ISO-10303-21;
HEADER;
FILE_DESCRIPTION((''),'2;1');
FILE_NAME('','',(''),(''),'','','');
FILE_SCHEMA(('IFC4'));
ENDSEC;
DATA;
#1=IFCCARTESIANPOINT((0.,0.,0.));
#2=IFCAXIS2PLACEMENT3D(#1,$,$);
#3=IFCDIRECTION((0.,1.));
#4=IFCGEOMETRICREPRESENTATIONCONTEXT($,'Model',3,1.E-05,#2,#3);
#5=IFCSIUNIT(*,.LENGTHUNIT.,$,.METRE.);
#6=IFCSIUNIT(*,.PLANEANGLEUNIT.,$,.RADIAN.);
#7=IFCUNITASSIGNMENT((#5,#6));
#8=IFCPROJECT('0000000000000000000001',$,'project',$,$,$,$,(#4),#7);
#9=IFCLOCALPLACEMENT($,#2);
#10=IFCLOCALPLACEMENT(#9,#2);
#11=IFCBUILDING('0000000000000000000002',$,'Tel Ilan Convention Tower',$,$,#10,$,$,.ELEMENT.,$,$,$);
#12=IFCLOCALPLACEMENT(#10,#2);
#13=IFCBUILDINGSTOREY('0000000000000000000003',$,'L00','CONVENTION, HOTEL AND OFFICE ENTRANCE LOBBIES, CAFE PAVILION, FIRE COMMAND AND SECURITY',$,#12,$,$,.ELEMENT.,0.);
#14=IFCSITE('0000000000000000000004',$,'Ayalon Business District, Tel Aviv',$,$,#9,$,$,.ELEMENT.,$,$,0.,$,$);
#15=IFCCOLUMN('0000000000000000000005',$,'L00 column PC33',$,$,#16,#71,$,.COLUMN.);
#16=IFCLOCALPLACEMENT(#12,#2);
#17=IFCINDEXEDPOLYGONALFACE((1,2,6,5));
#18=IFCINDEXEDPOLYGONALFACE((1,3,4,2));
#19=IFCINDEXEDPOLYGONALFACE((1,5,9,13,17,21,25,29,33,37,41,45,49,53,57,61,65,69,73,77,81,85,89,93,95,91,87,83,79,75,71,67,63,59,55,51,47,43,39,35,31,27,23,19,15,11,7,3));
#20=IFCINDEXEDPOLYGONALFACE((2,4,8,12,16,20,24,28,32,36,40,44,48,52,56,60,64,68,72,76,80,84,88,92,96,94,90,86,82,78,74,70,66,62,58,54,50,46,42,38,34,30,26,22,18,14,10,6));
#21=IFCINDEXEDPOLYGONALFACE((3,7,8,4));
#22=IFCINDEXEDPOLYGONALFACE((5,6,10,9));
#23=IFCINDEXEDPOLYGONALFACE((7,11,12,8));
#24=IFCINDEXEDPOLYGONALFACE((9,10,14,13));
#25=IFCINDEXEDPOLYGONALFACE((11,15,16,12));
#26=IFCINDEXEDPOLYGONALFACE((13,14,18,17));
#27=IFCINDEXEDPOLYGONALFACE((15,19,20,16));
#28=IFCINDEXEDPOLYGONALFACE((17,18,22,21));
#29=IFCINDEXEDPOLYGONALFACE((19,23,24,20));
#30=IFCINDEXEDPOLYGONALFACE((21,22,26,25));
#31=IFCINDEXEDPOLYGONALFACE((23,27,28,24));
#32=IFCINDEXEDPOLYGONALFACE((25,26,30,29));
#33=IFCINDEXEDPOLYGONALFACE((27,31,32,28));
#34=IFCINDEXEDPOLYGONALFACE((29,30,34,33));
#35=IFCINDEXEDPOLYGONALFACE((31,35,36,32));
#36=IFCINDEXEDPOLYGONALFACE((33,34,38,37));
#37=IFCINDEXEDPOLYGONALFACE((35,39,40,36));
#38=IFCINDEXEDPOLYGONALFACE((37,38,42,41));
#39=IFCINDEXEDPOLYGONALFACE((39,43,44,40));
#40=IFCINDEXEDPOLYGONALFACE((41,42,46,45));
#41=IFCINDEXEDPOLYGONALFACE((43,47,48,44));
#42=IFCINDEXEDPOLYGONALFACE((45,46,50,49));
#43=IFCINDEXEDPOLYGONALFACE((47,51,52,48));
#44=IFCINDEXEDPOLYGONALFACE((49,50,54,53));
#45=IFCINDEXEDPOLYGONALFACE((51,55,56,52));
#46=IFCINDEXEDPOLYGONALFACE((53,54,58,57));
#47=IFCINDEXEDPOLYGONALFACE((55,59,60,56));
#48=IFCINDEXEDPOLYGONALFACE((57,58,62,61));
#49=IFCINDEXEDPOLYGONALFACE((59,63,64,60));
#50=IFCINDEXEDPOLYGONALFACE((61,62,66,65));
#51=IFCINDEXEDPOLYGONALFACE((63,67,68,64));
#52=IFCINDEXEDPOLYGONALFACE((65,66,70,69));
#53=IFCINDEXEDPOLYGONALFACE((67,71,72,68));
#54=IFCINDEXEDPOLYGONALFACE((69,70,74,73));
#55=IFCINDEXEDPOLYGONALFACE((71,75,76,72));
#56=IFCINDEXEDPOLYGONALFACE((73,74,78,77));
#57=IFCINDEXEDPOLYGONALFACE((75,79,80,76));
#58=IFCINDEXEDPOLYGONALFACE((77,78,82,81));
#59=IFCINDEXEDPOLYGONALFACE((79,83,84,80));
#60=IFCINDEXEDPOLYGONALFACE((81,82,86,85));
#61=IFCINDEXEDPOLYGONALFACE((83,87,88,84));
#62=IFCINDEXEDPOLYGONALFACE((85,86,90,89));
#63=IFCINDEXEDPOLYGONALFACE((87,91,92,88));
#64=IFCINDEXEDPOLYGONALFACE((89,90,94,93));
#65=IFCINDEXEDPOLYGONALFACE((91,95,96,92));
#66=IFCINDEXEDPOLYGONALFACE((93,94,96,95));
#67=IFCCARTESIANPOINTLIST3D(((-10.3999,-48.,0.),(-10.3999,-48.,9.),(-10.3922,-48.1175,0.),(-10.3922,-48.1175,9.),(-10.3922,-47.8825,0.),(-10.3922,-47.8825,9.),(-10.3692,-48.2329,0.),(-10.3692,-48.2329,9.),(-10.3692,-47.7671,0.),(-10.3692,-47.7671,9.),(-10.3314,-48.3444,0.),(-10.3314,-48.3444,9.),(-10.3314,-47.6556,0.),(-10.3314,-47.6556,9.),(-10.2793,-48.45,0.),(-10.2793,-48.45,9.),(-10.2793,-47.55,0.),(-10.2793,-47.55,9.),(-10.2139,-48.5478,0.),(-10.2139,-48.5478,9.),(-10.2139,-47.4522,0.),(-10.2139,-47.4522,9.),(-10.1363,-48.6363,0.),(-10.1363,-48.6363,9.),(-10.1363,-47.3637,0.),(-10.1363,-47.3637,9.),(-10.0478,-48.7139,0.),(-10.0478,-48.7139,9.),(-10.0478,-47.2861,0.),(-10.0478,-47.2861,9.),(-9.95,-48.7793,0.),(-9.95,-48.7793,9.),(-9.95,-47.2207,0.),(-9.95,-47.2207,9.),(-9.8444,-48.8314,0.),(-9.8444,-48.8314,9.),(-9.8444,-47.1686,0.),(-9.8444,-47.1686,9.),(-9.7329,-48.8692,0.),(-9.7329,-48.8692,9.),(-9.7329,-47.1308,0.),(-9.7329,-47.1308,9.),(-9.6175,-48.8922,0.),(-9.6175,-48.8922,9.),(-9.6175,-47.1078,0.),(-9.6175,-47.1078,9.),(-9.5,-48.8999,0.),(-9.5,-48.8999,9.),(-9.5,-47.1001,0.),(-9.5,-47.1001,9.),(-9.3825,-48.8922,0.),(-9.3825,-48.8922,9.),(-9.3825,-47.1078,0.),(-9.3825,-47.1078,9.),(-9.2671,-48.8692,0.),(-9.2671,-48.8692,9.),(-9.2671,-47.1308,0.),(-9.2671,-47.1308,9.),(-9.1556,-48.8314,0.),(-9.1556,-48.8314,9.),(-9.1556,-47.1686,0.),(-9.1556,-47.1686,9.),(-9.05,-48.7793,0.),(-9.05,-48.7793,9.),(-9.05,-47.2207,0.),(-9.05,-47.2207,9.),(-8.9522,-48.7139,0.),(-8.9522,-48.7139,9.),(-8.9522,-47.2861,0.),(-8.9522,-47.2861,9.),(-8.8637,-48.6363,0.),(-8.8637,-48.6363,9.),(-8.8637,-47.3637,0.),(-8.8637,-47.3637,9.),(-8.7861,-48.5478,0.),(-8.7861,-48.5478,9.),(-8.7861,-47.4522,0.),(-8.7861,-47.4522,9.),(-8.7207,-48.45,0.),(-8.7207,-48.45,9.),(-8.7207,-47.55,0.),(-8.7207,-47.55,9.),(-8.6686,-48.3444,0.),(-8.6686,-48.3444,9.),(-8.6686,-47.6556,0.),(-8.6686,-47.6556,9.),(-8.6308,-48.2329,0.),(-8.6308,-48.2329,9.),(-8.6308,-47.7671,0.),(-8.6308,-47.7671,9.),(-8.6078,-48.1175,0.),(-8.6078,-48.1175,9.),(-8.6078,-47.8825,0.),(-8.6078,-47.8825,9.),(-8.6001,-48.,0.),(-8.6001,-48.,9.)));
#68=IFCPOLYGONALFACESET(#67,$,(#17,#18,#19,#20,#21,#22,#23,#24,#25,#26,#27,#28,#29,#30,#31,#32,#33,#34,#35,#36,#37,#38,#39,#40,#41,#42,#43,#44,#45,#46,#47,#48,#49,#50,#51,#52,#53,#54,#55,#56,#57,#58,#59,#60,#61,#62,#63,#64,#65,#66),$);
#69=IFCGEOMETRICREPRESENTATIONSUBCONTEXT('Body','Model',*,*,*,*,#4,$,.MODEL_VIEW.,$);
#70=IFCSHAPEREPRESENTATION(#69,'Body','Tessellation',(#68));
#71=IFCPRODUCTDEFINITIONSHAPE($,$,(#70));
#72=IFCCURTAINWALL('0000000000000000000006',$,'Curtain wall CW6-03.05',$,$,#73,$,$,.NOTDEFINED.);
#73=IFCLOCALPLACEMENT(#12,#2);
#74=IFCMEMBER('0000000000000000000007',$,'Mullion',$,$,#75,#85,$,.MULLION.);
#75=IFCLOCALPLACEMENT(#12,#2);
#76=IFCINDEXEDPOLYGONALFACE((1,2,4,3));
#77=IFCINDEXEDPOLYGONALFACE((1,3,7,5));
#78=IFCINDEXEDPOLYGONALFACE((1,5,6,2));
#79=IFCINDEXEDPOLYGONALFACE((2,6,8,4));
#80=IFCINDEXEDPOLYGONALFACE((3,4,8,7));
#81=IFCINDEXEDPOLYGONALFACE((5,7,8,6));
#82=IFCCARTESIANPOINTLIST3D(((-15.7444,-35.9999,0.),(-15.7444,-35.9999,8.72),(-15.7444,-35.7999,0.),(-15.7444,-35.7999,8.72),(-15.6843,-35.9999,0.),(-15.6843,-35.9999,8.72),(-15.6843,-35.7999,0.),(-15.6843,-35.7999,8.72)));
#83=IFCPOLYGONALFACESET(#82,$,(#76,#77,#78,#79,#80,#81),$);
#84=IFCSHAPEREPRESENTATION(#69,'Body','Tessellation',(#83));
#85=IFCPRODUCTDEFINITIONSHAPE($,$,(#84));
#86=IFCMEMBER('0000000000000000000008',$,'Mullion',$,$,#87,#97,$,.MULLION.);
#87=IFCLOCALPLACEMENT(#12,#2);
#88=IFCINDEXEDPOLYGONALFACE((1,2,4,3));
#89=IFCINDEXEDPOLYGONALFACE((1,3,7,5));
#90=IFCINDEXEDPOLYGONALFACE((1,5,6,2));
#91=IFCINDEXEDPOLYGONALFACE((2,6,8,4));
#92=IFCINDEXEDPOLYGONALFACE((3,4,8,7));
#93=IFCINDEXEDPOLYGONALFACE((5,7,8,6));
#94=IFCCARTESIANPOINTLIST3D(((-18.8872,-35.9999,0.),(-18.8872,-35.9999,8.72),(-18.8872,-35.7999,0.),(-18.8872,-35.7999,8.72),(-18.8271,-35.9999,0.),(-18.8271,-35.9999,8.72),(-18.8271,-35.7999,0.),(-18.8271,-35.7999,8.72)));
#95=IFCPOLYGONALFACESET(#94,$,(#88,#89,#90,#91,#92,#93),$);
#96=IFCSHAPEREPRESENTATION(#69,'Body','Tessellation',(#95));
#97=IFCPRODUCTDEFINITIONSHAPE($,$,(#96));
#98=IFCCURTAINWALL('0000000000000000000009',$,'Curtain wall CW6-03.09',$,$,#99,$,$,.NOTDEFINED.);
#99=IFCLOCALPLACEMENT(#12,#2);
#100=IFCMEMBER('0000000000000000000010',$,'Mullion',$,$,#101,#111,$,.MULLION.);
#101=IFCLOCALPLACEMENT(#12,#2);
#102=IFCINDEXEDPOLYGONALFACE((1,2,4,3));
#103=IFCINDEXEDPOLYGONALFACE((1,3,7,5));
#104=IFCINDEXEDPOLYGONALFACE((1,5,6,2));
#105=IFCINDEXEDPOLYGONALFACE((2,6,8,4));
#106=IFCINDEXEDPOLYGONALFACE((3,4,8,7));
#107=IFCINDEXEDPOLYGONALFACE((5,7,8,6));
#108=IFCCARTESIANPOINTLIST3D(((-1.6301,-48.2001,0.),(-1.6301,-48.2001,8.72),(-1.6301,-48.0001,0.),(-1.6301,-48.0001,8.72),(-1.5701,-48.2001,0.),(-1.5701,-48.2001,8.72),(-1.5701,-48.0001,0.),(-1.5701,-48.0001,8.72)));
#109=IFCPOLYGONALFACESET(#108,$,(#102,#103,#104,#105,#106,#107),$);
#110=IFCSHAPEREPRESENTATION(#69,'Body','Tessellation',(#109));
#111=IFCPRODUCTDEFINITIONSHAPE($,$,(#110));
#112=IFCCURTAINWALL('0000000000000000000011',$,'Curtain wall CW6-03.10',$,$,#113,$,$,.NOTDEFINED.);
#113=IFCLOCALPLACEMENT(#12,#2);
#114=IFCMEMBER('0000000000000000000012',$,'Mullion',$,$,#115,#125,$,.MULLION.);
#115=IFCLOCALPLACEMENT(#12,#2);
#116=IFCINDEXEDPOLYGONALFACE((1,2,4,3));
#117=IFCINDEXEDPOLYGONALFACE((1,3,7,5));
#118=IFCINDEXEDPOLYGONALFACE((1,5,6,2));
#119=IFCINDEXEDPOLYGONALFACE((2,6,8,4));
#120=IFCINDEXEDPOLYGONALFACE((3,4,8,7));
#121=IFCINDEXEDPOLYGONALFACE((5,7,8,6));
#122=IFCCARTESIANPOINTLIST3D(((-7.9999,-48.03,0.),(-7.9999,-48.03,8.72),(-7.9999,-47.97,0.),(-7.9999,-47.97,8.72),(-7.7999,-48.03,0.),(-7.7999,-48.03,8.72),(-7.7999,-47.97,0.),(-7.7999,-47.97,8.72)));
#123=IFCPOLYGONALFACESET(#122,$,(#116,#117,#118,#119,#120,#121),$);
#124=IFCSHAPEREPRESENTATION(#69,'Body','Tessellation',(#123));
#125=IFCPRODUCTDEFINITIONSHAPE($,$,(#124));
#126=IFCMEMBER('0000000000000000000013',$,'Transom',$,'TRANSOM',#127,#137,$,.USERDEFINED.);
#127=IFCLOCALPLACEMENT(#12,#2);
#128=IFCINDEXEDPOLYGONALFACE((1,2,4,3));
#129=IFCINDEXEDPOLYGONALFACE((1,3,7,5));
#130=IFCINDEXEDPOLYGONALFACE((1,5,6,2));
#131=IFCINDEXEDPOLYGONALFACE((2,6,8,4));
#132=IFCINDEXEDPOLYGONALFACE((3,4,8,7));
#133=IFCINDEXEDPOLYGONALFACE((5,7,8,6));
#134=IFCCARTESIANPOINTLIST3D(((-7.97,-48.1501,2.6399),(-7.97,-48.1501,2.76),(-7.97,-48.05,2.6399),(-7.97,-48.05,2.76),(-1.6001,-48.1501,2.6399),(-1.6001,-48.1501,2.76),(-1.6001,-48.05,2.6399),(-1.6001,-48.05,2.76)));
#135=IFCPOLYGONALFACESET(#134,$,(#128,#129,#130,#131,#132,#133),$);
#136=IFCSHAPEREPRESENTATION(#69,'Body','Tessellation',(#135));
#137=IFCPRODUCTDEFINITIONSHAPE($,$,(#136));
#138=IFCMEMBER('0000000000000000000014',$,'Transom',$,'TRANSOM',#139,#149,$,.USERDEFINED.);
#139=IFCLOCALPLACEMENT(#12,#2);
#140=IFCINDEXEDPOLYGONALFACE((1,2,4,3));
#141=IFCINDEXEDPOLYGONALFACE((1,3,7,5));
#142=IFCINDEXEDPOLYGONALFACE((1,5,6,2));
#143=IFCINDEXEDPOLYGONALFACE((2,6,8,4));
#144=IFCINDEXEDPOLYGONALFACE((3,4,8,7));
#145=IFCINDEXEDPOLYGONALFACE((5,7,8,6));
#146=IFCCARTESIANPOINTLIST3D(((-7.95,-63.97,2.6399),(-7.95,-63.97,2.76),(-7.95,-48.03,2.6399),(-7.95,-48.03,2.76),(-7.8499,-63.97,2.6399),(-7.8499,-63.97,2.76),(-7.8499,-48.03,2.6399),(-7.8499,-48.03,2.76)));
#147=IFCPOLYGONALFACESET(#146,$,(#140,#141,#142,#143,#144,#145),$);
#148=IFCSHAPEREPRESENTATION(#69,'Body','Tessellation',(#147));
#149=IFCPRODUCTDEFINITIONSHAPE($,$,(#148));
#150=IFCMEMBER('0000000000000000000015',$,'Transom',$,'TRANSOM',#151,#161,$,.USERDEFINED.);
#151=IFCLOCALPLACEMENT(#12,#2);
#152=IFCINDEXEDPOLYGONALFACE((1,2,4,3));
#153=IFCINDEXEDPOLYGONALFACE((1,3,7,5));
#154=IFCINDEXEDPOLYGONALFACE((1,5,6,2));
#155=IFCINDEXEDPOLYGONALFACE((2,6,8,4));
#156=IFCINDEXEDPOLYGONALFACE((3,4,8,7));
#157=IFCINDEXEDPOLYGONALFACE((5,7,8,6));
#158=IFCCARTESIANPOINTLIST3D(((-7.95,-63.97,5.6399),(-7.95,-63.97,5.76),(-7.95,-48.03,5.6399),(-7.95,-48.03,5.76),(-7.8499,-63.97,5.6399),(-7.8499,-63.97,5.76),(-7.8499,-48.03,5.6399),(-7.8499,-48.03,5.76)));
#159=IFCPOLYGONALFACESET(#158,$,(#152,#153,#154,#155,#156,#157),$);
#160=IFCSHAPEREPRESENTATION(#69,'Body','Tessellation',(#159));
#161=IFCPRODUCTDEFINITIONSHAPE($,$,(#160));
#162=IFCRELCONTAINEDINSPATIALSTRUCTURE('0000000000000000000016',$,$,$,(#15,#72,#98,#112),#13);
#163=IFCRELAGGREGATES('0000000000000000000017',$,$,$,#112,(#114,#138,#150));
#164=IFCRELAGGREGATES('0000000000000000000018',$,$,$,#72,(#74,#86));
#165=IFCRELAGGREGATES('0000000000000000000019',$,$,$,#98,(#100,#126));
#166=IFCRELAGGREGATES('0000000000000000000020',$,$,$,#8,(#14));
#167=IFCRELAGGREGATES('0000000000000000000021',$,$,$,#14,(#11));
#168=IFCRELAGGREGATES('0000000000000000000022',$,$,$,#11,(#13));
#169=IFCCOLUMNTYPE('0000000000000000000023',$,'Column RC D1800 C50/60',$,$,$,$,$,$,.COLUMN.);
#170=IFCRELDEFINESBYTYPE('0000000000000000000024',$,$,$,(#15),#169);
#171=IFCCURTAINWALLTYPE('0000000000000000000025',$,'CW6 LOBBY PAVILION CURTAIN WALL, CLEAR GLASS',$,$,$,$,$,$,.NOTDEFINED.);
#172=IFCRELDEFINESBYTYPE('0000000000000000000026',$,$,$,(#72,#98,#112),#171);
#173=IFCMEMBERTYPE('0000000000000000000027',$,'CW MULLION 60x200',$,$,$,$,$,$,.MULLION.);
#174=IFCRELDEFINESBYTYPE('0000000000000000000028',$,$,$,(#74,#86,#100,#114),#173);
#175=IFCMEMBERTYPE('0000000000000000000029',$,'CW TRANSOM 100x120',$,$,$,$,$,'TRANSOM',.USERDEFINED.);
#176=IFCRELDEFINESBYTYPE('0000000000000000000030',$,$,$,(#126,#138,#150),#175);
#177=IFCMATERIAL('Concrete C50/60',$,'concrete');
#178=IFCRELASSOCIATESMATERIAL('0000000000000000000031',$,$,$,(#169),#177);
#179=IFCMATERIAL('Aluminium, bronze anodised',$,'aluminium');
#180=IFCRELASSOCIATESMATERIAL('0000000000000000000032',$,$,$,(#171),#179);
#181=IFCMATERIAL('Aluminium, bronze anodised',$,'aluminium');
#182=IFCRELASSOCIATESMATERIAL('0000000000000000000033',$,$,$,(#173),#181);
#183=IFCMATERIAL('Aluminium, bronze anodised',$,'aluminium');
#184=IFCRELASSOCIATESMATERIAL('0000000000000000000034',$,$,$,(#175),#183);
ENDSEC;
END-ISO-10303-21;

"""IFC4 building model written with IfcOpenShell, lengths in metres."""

from ifc_helpers import new_model, si_unit, direction, frame, origin, origin_2d, place, context, subcontext, project, spatial, rectangle, circle, extrude, material, material_profile, profile_set, type_object, element, aggregate, save


model = new_model("IFC4")

# Units and contexts
model_context = context("Model", 3, precision=1e-05, world=origin(), true_north=direction((0.0, 1.0)))
body_context = subcontext(model_context, "Body", "Model", "MODEL_VIEW")
ifc_project = project(units=[si_unit("LENGTHUNIT", "METRE"), si_unit("PLANEANGLEUNIT", "RADIAN")], contexts=[model_context])

# Site, building, storey
site_placement = place(None, origin())
site = spatial("IfcSite", under=ifc_project, at=site_placement, Name="Ayalon Business District, Tel Aviv", CompositionType="ELEMENT", RefElevation=0.0)
building_placement = place(site_placement, origin())
building = spatial("IfcBuilding", under=site, at=building_placement, Name="Tel Ilan Convention Tower", CompositionType="ELEMENT")
storey_placement = place(building_placement, origin())
storey = spatial("IfcBuildingStorey", under=building, at=storey_placement, Name="L00", Description="CONVENTION, HOTEL AND OFFICE ENTRANCE LOBBIES, CAFE PAVILION, FIRE COMMAND AND SECURITY", CompositionType="ELEMENT", Elevation=0.0)

# Column
ifc_material_1 = material(Name="Concrete C50/60", Category="concrete")
ifc_material_profile_1 = material_profile(ifc_material_1, circle(Radius=0.8999, at=origin_2d()), Name="RC D1800")
ifc_profile_set_1 = profile_set([ifc_material_profile_1], Name="Concrete C50/60")
column_type = type_object("IfcColumnType", Name="Column RC D1800 C50/60", PredefinedType="COLUMN", material=ifc_profile_set_1)
column_placement = place(storey_placement, frame((-9.5, -48.0, 0.0), z_axis=(0.0, 0.0, 1.0), x_axis=(1.0, 0.0, 0.0)))
element("IfcColumn", 1, at=column_placement, inside=storey, type_object=column_type, Name="L00 column PC33", PredefinedType="COLUMN", context=body_context, shape_type="SweptSolid", body=[
    extrude(circle(Radius=0.8999, at=origin_2d()), origin(), (0.0, 0.0, 1.0), 9.0),
])

# Curtain wall, members
ifc_material_2 = material(Name="Aluminium, bronze anodised", Category="aluminium")
curtain_wall_type = type_object("IfcCurtainWallType", Name="CW6 LOBBY PAVILION CURTAIN WALL, CLEAR GLASS", PredefinedType="NOTDEFINED", material=ifc_material_2)
curtain_wall_1_placement = place(storey_placement, origin())
curtain_wall_1 = element("IfcCurtainWall", 2, at=curtain_wall_1_placement, inside=storey, type_object=curtain_wall_type, Name="Curtain wall CW6-03.05", PredefinedType="NOTDEFINED")
ifc_material_3 = material(Name="Aluminium, bronze anodised", Category="aluminium")
ifc_material_profile_2 = material_profile(ifc_material_3, rectangle(XDim=0.0601, YDim=0.2, at=origin_2d()), Name="CW MULLION 60x200")
ifc_profile_set_2 = profile_set([ifc_material_profile_2], Name="Aluminium, bronze anodised")
member_type_1 = type_object("IfcMemberType", Name="CW MULLION 60x200", PredefinedType="MULLION", material=ifc_profile_set_2)
member_1_placement = place(storey_placement, frame((-15.7144, -35.8999, 0.0), z_axis=(0.0, 0.0, 1.0), x_axis=(-1.0, 0.0, 0.0)))
member_1 = element("IfcMember", 3, at=member_1_placement, type_object=member_type_1, Name="Mullion", PredefinedType="MULLION", context=body_context, shape_type="SweptSolid", body=[
    extrude(rectangle(XDim=0.0601, YDim=0.2, at=origin_2d()), origin(), (0.0, 0.0, 1.0), 8.72),
])
member_2_placement = place(storey_placement, frame((-18.8572, -35.8999, 0.0), z_axis=(0.0, 0.0, 1.0), x_axis=(-1.0, 0.0, 0.0)))
member_2 = element("IfcMember", 4, at=member_2_placement, type_object=member_type_1, Name="Mullion", PredefinedType="MULLION", context=body_context, shape_type="SweptSolid", body=[
    extrude(rectangle(XDim=0.0601, YDim=0.2, at=origin_2d()), origin(), (0.0, 0.0, 1.0), 8.72),
])

# Curtain walls, members
curtain_wall_2_placement = place(storey_placement, origin())
curtain_wall_2 = element("IfcCurtainWall", 5, at=curtain_wall_2_placement, inside=storey, type_object=curtain_wall_type, Name="Curtain wall CW6-03.09", PredefinedType="NOTDEFINED")
member_3_placement = place(storey_placement, frame((-1.6001, -48.1001, 0.0), z_axis=(0.0, 0.0, 1.0), x_axis=(-1.0, 0.0, 0.0)))
member_3 = element("IfcMember", 6, at=member_3_placement, type_object=member_type_1, Name="Mullion", PredefinedType="MULLION", context=body_context, shape_type="SweptSolid", body=[
    extrude(rectangle(XDim=0.0601, YDim=0.2, at=origin_2d()), origin(), (0.0, 0.0, 1.0), 8.72),
])
curtain_wall_3_placement = place(storey_placement, origin())
curtain_wall_3 = element("IfcCurtainWall", 7, at=curtain_wall_3_placement, inside=storey, type_object=curtain_wall_type, Name="Curtain wall CW6-03.10", PredefinedType="NOTDEFINED")
member_4_placement = place(storey_placement, frame((-7.8999, -48.0, 0.0), z_axis=(0.0, 0.0, 1.0), x_axis=(0.0, -1.0, 0.0)))
member_4 = element("IfcMember", 8, at=member_4_placement, type_object=member_type_1, Name="Mullion", PredefinedType="MULLION", context=body_context, shape_type="SweptSolid", body=[
    extrude(rectangle(XDim=0.0601, YDim=0.2, at=origin_2d()), origin(), (0.0, 0.0, 1.0), 8.72),
])

# Members
ifc_material_4 = material(Name="Aluminium, bronze anodised", Category="aluminium")
ifc_material_profile_3 = material_profile(ifc_material_4, rectangle(XDim=0.1001, YDim=0.1201, at=origin_2d()), Name="CW TRANSOM 100x120")
ifc_profile_set_3 = profile_set([ifc_material_profile_3], Name="Aluminium, bronze anodised")
member_type_2 = type_object("IfcMemberType", Name="CW TRANSOM 100x120", ElementType="TRANSOM", PredefinedType="USERDEFINED", material=ifc_profile_set_3)
member_5_placement = place(storey_placement, frame((-1.6001, -48.1001, 2.7), z_axis=(-1.0, 0.0, 0.0), x_axis=(0.0, -1.0, 0.0)))
member_5 = element("IfcMember", 9, at=member_5_placement, type_object=member_type_2, Name="Transom", ObjectType="TRANSOM", PredefinedType="USERDEFINED", context=body_context, shape_type="SweptSolid", body=[
    extrude(rectangle(XDim=0.1001, YDim=0.1201, at=origin_2d()), origin(), (0.0, 0.0, 1.0), 6.3699),
])
member_6_placement = place(storey_placement, frame((-7.8999, -48.03, 2.7), z_axis=(0.0, -1.0, 0.0), x_axis=(1.0, 0.0, 0.0)))
member_6 = element("IfcMember", 10, at=member_6_placement, type_object=member_type_2, Name="Transom", ObjectType="TRANSOM", PredefinedType="USERDEFINED", context=body_context, shape_type="SweptSolid", body=[
    extrude(rectangle(XDim=0.1001, YDim=0.1201, at=origin_2d()), origin(), (0.0, 0.0, 1.0), 15.9399),
])
member_7_placement = place(storey_placement, frame((-7.8999, -48.03, 5.7), z_axis=(0.0, -1.0, 0.0), x_axis=(1.0, 0.0, 0.0)))
member_7 = element("IfcMember", 11, at=member_7_placement, type_object=member_type_2, Name="Transom", ObjectType="TRANSOM", PredefinedType="USERDEFINED", context=body_context, shape_type="SweptSolid", body=[
    extrude(rectangle(XDim=0.1001, YDim=0.1201, at=origin_2d()), origin(), (0.0, 0.0, 1.0), 15.9399),
])
aggregate(curtain_wall_3, [member_4, member_6, member_7])

aggregate(curtain_wall_1, [member_1, member_2])
aggregate(curtain_wall_2, [member_3, member_5])

save(model, "model.ifc")
